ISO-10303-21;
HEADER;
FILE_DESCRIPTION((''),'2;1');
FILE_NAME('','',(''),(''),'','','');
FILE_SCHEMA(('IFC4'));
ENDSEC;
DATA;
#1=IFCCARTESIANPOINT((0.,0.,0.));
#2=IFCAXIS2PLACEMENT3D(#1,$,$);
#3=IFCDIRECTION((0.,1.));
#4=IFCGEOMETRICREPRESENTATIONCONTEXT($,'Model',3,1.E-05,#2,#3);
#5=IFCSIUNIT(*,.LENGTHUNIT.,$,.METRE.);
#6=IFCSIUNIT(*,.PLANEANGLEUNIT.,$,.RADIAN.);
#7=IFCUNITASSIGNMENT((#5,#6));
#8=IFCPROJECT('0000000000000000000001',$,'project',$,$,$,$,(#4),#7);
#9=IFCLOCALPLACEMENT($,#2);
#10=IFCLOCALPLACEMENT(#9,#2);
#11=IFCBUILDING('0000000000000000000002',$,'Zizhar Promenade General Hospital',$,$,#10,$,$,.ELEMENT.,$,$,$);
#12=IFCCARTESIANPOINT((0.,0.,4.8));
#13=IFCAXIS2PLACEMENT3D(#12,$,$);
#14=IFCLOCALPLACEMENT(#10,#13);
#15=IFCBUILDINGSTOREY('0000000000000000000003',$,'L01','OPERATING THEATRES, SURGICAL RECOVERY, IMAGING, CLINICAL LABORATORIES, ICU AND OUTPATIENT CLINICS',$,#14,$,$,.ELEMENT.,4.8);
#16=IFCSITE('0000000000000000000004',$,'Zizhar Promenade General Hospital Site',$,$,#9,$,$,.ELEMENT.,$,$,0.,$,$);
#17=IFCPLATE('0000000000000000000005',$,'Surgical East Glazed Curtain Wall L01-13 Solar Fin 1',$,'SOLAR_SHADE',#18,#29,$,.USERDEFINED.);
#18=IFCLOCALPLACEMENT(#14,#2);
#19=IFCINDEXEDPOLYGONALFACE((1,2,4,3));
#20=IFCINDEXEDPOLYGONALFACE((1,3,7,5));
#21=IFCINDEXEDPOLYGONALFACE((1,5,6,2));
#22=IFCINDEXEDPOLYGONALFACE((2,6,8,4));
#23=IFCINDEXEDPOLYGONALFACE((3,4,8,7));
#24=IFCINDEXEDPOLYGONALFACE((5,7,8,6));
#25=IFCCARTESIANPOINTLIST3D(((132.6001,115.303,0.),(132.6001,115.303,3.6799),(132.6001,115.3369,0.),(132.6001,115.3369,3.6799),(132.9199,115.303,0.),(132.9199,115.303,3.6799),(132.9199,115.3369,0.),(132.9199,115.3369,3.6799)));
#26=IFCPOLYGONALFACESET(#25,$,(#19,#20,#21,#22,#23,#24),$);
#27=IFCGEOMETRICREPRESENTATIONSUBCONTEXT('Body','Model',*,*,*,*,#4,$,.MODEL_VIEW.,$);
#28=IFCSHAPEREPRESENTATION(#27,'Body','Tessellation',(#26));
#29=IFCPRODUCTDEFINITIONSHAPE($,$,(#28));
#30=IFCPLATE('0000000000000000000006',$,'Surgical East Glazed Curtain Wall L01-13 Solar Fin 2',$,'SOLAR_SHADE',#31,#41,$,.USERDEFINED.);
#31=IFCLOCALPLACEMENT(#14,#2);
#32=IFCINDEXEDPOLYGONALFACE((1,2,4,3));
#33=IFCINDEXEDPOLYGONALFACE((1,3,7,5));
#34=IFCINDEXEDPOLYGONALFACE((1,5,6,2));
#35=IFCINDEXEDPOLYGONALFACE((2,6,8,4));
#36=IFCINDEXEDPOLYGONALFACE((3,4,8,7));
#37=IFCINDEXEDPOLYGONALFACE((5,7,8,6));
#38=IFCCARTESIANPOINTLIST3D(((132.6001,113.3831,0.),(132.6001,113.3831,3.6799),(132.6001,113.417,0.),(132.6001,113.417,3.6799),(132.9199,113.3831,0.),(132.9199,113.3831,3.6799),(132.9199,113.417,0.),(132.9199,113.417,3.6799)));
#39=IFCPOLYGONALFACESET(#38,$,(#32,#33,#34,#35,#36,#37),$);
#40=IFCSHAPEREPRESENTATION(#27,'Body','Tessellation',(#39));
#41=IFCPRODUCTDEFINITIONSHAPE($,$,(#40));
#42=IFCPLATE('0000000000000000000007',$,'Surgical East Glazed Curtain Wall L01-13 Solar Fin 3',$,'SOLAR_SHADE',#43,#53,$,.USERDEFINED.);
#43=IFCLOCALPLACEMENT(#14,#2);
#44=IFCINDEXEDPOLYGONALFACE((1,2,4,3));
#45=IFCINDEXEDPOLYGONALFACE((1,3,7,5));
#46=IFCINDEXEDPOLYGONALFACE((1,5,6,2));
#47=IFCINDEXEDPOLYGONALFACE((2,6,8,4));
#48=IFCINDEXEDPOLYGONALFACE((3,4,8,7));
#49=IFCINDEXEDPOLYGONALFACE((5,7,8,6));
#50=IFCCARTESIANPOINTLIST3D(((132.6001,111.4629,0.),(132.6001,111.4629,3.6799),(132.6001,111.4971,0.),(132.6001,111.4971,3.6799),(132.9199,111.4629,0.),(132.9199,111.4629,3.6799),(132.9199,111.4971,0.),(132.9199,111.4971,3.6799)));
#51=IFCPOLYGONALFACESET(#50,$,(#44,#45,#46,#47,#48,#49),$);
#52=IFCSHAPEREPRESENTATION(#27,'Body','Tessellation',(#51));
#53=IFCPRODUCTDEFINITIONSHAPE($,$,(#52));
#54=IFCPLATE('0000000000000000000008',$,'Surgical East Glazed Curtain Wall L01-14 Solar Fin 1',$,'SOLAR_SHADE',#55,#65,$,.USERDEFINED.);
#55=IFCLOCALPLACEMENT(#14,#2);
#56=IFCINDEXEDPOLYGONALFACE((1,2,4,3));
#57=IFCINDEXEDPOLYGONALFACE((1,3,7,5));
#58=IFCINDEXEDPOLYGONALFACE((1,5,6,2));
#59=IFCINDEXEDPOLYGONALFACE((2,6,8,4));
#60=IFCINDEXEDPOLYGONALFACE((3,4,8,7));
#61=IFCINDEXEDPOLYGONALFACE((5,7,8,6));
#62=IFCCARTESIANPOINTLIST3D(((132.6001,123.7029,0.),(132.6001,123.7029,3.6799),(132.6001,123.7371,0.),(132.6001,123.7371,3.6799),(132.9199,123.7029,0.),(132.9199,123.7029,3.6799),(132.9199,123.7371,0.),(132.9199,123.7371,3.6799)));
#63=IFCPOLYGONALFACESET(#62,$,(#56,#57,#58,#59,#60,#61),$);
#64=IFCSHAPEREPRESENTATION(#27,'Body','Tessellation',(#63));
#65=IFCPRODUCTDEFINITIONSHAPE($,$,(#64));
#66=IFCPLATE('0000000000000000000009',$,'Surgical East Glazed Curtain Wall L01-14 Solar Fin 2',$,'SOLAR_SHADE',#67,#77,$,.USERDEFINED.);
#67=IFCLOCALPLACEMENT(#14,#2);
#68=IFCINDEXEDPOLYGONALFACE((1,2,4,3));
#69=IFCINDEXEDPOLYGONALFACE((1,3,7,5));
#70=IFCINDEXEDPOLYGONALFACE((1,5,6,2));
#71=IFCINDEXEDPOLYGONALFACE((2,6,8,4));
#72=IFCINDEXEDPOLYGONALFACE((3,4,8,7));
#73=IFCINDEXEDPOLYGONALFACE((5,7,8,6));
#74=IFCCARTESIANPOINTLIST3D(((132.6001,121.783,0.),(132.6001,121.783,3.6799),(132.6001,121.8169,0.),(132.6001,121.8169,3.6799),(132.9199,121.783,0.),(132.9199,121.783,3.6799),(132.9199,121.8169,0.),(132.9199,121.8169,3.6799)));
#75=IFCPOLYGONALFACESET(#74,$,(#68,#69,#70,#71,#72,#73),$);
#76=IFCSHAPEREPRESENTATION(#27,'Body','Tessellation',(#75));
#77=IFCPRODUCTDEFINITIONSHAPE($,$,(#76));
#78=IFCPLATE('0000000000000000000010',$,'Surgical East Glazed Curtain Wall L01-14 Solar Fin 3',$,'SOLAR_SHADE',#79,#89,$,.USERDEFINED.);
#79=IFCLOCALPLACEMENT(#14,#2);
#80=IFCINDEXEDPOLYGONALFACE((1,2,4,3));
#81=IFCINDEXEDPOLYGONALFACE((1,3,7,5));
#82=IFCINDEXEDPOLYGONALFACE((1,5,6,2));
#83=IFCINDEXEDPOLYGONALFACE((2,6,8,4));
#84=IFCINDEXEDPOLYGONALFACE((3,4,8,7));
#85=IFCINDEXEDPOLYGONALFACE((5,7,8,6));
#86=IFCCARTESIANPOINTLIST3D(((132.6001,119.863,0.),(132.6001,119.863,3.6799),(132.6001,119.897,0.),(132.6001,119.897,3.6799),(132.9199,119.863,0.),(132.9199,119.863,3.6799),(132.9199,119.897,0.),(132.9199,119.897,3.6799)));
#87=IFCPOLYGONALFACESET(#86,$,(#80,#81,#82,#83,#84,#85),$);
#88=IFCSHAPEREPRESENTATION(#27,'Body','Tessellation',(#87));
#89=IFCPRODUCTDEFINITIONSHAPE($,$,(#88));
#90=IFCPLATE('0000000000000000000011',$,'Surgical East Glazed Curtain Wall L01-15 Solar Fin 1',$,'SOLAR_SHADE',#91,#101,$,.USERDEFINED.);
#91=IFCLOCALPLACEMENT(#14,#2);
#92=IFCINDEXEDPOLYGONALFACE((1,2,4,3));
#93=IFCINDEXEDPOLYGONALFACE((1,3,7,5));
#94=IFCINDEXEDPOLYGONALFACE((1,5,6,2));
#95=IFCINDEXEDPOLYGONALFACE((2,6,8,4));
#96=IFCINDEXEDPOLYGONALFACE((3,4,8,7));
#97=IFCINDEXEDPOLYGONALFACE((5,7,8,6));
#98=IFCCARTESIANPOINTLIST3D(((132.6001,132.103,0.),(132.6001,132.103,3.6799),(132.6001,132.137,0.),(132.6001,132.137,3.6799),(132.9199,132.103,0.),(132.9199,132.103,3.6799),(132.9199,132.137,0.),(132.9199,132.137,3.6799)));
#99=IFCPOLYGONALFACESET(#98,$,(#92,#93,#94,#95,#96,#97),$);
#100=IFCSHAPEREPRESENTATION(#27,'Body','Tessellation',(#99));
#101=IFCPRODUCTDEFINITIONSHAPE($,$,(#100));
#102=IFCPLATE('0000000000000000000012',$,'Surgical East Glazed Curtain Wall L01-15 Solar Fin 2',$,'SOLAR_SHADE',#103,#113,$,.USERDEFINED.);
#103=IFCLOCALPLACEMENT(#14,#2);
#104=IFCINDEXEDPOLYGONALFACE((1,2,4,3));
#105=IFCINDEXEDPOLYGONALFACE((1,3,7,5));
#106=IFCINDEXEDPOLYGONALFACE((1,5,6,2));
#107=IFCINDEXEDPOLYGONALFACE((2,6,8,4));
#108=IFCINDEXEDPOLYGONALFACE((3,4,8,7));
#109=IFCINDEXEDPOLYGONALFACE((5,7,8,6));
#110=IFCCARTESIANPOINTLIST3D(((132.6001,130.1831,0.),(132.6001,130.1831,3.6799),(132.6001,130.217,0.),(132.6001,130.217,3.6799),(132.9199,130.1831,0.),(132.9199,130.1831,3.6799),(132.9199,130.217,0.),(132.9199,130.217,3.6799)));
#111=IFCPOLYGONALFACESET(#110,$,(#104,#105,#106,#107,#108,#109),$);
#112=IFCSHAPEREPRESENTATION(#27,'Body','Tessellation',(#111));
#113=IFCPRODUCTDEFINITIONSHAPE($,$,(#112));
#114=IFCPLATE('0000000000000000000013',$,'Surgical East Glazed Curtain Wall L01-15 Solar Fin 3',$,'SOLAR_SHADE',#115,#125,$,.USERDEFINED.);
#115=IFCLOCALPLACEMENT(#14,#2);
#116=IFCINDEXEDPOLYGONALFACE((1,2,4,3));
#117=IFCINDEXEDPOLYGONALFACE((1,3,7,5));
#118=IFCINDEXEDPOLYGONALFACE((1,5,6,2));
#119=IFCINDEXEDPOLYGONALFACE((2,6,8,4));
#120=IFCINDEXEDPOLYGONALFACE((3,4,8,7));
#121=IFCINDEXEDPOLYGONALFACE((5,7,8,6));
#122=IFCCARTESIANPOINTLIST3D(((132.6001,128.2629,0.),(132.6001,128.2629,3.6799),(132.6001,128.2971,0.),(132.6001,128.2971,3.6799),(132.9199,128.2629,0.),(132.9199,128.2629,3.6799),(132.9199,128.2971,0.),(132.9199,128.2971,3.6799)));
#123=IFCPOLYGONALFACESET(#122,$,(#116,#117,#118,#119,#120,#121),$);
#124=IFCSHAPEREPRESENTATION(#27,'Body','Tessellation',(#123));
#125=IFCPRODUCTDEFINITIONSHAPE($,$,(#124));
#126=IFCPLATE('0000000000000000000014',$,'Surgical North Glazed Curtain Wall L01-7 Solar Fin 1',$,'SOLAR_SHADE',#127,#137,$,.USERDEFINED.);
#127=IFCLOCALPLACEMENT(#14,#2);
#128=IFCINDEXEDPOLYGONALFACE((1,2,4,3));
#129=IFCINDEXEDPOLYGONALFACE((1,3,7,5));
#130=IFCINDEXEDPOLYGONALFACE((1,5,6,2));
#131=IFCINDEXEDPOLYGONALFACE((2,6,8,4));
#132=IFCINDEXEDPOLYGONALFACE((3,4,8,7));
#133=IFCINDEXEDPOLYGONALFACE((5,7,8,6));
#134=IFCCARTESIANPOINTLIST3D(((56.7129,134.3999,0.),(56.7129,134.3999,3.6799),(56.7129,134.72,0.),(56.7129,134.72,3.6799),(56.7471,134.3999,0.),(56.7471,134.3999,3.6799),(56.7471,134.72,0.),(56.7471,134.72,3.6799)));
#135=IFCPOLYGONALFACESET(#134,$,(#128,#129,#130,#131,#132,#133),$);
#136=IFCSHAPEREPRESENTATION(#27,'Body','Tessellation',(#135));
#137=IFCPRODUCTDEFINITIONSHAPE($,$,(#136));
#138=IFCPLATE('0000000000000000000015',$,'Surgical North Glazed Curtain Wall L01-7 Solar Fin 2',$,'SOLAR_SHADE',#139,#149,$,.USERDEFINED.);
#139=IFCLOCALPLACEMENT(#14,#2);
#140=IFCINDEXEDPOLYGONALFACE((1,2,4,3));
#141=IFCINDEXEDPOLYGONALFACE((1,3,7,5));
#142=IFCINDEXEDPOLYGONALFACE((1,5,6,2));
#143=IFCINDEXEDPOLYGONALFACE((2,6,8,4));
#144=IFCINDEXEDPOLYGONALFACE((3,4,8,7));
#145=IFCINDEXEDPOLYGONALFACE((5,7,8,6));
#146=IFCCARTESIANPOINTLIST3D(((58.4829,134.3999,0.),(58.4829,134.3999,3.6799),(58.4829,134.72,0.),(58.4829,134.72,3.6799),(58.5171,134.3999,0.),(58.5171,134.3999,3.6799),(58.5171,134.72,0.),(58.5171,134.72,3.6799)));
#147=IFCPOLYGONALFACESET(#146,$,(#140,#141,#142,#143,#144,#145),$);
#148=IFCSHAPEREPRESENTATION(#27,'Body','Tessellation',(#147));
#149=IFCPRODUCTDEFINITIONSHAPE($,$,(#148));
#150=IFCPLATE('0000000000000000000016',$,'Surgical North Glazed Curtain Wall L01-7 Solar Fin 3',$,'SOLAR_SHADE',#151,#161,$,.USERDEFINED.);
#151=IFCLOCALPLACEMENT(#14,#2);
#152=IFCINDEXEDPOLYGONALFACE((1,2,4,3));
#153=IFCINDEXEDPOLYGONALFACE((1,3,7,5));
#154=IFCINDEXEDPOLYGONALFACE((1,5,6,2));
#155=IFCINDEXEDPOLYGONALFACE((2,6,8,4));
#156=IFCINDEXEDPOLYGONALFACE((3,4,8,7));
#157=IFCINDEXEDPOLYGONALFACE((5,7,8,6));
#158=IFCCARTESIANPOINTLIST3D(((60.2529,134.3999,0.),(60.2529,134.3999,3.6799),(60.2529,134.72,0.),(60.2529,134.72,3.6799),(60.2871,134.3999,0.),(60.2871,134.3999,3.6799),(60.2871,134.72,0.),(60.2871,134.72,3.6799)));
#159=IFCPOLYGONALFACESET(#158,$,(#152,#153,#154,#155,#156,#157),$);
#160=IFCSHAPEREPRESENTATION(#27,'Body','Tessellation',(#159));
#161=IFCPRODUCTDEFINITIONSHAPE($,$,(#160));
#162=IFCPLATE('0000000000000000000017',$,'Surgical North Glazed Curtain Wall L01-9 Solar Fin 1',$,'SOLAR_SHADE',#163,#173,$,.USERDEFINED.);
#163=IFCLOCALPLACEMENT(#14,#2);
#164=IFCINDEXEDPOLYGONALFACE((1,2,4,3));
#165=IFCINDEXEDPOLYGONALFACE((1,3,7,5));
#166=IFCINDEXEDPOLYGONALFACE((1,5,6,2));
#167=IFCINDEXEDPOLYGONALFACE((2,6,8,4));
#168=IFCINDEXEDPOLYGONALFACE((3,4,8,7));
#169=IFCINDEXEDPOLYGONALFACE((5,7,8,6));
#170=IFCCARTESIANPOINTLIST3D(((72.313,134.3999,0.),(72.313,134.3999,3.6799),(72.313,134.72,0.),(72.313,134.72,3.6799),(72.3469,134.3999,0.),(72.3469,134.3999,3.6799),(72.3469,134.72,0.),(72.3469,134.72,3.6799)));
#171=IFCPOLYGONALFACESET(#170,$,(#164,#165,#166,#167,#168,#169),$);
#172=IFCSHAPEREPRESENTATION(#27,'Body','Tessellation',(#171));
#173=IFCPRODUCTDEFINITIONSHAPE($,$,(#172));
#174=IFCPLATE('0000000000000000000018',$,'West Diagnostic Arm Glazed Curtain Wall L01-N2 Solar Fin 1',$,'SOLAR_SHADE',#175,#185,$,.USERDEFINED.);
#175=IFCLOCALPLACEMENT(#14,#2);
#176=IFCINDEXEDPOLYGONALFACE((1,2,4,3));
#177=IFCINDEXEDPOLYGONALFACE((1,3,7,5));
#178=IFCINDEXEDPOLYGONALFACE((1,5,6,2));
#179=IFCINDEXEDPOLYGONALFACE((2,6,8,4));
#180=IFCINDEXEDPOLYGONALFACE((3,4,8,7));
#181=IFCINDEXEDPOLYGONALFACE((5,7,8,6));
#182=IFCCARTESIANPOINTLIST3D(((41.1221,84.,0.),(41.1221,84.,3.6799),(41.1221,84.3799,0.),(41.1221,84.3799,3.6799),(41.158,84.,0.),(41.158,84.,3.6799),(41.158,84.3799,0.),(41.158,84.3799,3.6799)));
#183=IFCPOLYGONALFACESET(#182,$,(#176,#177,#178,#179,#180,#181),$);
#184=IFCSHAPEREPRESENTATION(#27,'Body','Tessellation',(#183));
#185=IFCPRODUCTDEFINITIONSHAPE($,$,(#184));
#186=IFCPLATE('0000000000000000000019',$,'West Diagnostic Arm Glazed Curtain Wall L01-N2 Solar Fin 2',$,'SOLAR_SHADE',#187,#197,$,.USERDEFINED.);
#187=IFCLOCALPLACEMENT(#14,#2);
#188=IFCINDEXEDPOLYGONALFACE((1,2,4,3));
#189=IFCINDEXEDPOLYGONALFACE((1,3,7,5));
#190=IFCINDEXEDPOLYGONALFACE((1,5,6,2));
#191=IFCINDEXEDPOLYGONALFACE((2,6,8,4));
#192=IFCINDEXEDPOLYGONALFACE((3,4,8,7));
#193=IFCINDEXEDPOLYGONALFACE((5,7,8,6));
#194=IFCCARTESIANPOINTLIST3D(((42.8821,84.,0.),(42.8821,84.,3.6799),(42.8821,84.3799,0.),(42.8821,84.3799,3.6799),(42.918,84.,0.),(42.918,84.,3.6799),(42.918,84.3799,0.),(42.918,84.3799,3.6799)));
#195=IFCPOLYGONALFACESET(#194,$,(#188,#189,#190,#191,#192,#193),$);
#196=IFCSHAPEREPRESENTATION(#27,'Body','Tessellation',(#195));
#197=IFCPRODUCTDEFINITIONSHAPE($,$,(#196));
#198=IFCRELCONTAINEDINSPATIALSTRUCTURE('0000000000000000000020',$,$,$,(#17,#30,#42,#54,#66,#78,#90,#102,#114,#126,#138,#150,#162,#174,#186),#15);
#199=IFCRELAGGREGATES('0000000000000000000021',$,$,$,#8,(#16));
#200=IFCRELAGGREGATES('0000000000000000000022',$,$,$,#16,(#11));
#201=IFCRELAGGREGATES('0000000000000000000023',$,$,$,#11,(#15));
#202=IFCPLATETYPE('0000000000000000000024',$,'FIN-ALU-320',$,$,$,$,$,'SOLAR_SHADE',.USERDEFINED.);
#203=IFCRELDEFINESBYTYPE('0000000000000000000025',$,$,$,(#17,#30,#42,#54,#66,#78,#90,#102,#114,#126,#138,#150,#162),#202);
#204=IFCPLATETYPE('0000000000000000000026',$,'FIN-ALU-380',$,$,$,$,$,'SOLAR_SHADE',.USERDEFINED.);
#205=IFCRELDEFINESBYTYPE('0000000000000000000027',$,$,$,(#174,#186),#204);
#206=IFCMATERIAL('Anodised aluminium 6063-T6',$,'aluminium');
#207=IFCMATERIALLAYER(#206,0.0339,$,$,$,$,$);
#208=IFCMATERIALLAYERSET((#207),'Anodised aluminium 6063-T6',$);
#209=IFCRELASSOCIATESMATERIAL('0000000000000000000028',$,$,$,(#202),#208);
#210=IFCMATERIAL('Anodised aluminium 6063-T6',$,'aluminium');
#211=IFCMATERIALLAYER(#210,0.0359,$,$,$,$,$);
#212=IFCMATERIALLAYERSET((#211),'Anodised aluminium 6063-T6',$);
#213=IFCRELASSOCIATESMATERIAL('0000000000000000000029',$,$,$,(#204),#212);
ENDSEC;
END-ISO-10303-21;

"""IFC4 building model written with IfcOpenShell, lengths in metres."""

from ifc_helpers import new_model, si_unit, direction, frame, origin, place, context, subcontext, project, spatial, polyline, outline, extrude, material, layer, layer_set, type_object, element, save


model = new_model("IFC4")

# Units and contexts
model_context = context("Model", 3, precision=1e-05, world=origin(), true_north=direction((0.0, 1.0)))
body_context = subcontext(model_context, "Body", "Model", "MODEL_VIEW")
ifc_project = project(units=[si_unit("LENGTHUNIT", "METRE"), si_unit("PLANEANGLEUNIT", "RADIAN")], contexts=[model_context])

# Site, building, storey
site_placement = place(None, origin())
site = spatial("IfcSite", under=ifc_project, at=site_placement, Name="Zizhar Promenade General Hospital Site", CompositionType="ELEMENT", RefElevation=0.0)
building_placement = place(site_placement, origin())
building = spatial("IfcBuilding", under=site, at=building_placement, Name="Zizhar Promenade General Hospital", CompositionType="ELEMENT")
storey_placement = place(building_placement, frame((0.0, 0.0, 4.8)))
storey = spatial("IfcBuildingStorey", under=building, at=storey_placement, Name="L01", Description="OPERATING THEATRES, SURGICAL RECOVERY, IMAGING, CLINICAL LABORATORIES, ICU AND OUTPATIENT CLINICS", CompositionType="ELEMENT", Elevation=4.8)

# Plates
ifc_material_1 = material(Name="Anodised aluminium 6063-T6", Category="aluminium")
ifc_layer_1 = layer(ifc_material_1, 0.0339)
ifc_layer_set_1 = layer_set([ifc_layer_1], Name="Anodised aluminium 6063-T6")
plate_type_1 = type_object("IfcPlateType", Name="FIN-ALU-320", ElementType="SOLAR_SHADE", PredefinedType="USERDEFINED", material=ifc_layer_set_1)
plate_1_placement = place(storey_placement, origin())
element("IfcPlate", 1, at=plate_1_placement, inside=storey, type_object=plate_type_1, Name="Surgical East Glazed Curtain Wall L01-13 Solar Fin 1", ObjectType="SOLAR_SHADE", PredefinedType="USERDEFINED", context=body_context, shape_type="SweptSolid", body=[
    extrude(outline(polyline([(132.6001, 115.3369), (132.6001, 115.303), (132.9199, 115.303), (132.9199, 115.3369), (132.6001, 115.3369)])), origin(), (0.0, 0.0, 1.0), 3.6799),
])
plate_2_placement = place(storey_placement, origin())
element("IfcPlate", 2, at=plate_2_placement, inside=storey, type_object=plate_type_1, Name="Surgical East Glazed Curtain Wall L01-13 Solar Fin 2", ObjectType="SOLAR_SHADE", PredefinedType="USERDEFINED", context=body_context, shape_type="SweptSolid", body=[
    extrude(outline(polyline([(132.6001, 113.417), (132.6001, 113.3831), (132.9199, 113.3831), (132.9199, 113.417), (132.6001, 113.417)])), origin(), (0.0, 0.0, 1.0), 3.6799),
])
plate_3_placement = place(storey_placement, origin())
element("IfcPlate", 3, at=plate_3_placement, inside=storey, type_object=plate_type_1, Name="Surgical East Glazed Curtain Wall L01-13 Solar Fin 3", ObjectType="SOLAR_SHADE", PredefinedType="USERDEFINED", context=body_context, shape_type="SweptSolid", body=[
    extrude(outline(polyline([(132.6001, 111.4971), (132.6001, 111.4629), (132.9199, 111.4629), (132.9199, 111.4971), (132.6001, 111.4971)])), origin(), (0.0, 0.0, 1.0), 3.6799),
])
plate_4_placement = place(storey_placement, origin())
element("IfcPlate", 4, at=plate_4_placement, inside=storey, type_object=plate_type_1, Name="Surgical East Glazed Curtain Wall L01-14 Solar Fin 1", ObjectType="SOLAR_SHADE", PredefinedType="USERDEFINED", context=body_context, shape_type="SweptSolid", body=[
    extrude(outline(polyline([(132.6001, 123.7371), (132.6001, 123.7029), (132.9199, 123.7029), (132.9199, 123.7371), (132.6001, 123.7371)])), origin(), (0.0, 0.0, 1.0), 3.6799),
])
plate_5_placement = place(storey_placement, origin())
element("IfcPlate", 5, at=plate_5_placement, inside=storey, type_object=plate_type_1, Name="Surgical East Glazed Curtain Wall L01-14 Solar Fin 2", ObjectType="SOLAR_SHADE", PredefinedType="USERDEFINED", context=body_context, shape_type="SweptSolid", body=[
    extrude(outline(polyline([(132.6001, 121.8169), (132.6001, 121.783), (132.9199, 121.783), (132.9199, 121.8169), (132.6001, 121.8169)])), origin(), (0.0, 0.0, 1.0), 3.6799),
])
plate_6_placement = place(storey_placement, origin())
element("IfcPlate", 6, at=plate_6_placement, inside=storey, type_object=plate_type_1, Name="Surgical East Glazed Curtain Wall L01-14 Solar Fin 3", ObjectType="SOLAR_SHADE", PredefinedType="USERDEFINED", context=body_context, shape_type="SweptSolid", body=[
    extrude(outline(polyline([(132.6001, 119.897), (132.6001, 119.863), (132.9199, 119.863), (132.9199, 119.897), (132.6001, 119.897)])), origin(), (0.0, 0.0, 1.0), 3.6799),
])
plate_7_placement = place(storey_placement, origin())
element("IfcPlate", 7, at=plate_7_placement, inside=storey, type_object=plate_type_1, Name="Surgical East Glazed Curtain Wall L01-15 Solar Fin 1", ObjectType="SOLAR_SHADE", PredefinedType="USERDEFINED", context=body_context, shape_type="SweptSolid", body=[
    extrude(outline(polyline([(132.6001, 132.137), (132.6001, 132.103), (132.9199, 132.103), (132.9199, 132.137), (132.6001, 132.137)])), origin(), (0.0, 0.0, 1.0), 3.6799),
])
plate_8_placement = place(storey_placement, origin())
element("IfcPlate", 8, at=plate_8_placement, inside=storey, type_object=plate_type_1, Name="Surgical East Glazed Curtain Wall L01-15 Solar Fin 2", ObjectType="SOLAR_SHADE", PredefinedType="USERDEFINED", context=body_context, shape_type="SweptSolid", body=[
    extrude(outline(polyline([(132.6001, 130.217), (132.6001, 130.1831), (132.9199, 130.1831), (132.9199, 130.217), (132.6001, 130.217)])), origin(), (0.0, 0.0, 1.0), 3.6799),
])
plate_9_placement = place(storey_placement, origin())
element("IfcPlate", 9, at=plate_9_placement, inside=storey, type_object=plate_type_1, Name="Surgical East Glazed Curtain Wall L01-15 Solar Fin 3", ObjectType="SOLAR_SHADE", PredefinedType="USERDEFINED", context=body_context, shape_type="SweptSolid", body=[
    extrude(outline(polyline([(132.6001, 128.2971), (132.6001, 128.2629), (132.9199, 128.2629), (132.9199, 128.2971), (132.6001, 128.2971)])), origin(), (0.0, 0.0, 1.0), 3.6799),
])
plate_10_placement = place(storey_placement, origin())
element("IfcPlate", 10, at=plate_10_placement, inside=storey, type_object=plate_type_1, Name="Surgical North Glazed Curtain Wall L01-7 Solar Fin 1", ObjectType="SOLAR_SHADE", PredefinedType="USERDEFINED", context=body_context, shape_type="SweptSolid", body=[
    extrude(outline(polyline([(56.7129, 134.3999), (56.7471, 134.3999), (56.7471, 134.72), (56.7129, 134.72), (56.7129, 134.3999)])), origin(), (0.0, 0.0, 1.0), 3.6799),
])
plate_11_placement = place(storey_placement, origin())
element("IfcPlate", 11, at=plate_11_placement, inside=storey, type_object=plate_type_1, Name="Surgical North Glazed Curtain Wall L01-7 Solar Fin 2", ObjectType="SOLAR_SHADE", PredefinedType="USERDEFINED", context=body_context, shape_type="SweptSolid", body=[
    extrude(outline(polyline([(58.4829, 134.3999), (58.5171, 134.3999), (58.5171, 134.72), (58.4829, 134.72), (58.4829, 134.3999)])), origin(), (0.0, 0.0, 1.0), 3.6799),
])
plate_12_placement = place(storey_placement, origin())
element("IfcPlate", 12, at=plate_12_placement, inside=storey, type_object=plate_type_1, Name="Surgical North Glazed Curtain Wall L01-7 Solar Fin 3", ObjectType="SOLAR_SHADE", PredefinedType="USERDEFINED", context=body_context, shape_type="SweptSolid", body=[
    extrude(outline(polyline([(60.2529, 134.3999), (60.2871, 134.3999), (60.2871, 134.72), (60.2529, 134.72), (60.2529, 134.3999)])), origin(), (0.0, 0.0, 1.0), 3.6799),
])
plate_13_placement = place(storey_placement, origin())
element("IfcPlate", 13, at=plate_13_placement, inside=storey, type_object=plate_type_1, Name="Surgical North Glazed Curtain Wall L01-9 Solar Fin 1", ObjectType="SOLAR_SHADE", PredefinedType="USERDEFINED", context=body_context, shape_type="SweptSolid", body=[
    extrude(outline(polyline([(72.313, 134.3999), (72.3469, 134.3999), (72.3469, 134.72), (72.313, 134.72), (72.313, 134.3999)])), origin(), (0.0, 0.0, 1.0), 3.6799),
])
ifc_material_2 = material(Name="Anodised aluminium 6063-T6", Category="aluminium")
ifc_layer_2 = layer(ifc_material_2, 0.0359)
ifc_layer_set_2 = layer_set([ifc_layer_2], Name="Anodised aluminium 6063-T6")
plate_type_2 = type_object("IfcPlateType", Name="FIN-ALU-380", ElementType="SOLAR_SHADE", PredefinedType="USERDEFINED", material=ifc_layer_set_2)
plate_14_placement = place(storey_placement, origin())
element("IfcPlate", 14, at=plate_14_placement, inside=storey, type_object=plate_type_2, Name="West Diagnostic Arm Glazed Curtain Wall L01-N2 Solar Fin 1", ObjectType="SOLAR_SHADE", PredefinedType="USERDEFINED", context=body_context, shape_type="SweptSolid", body=[
    extrude(outline(polyline([(41.1221, 84.0), (41.158, 84.0), (41.158, 84.3799), (41.1221, 84.3799), (41.1221, 84.0)])), origin(), (0.0, 0.0, 1.0), 3.6799),
])
plate_15_placement = place(storey_placement, origin())
element("IfcPlate", 15, at=plate_15_placement, inside=storey, type_object=plate_type_2, Name="West Diagnostic Arm Glazed Curtain Wall L01-N2 Solar Fin 2", ObjectType="SOLAR_SHADE", PredefinedType="USERDEFINED", context=body_context, shape_type="SweptSolid", body=[
    extrude(outline(polyline([(42.8821, 84.0), (42.918, 84.0), (42.918, 84.3799), (42.8821, 84.3799), (42.8821, 84.0)])), origin(), (0.0, 0.0, 1.0), 3.6799),
])

save(model, "model.ifc")
